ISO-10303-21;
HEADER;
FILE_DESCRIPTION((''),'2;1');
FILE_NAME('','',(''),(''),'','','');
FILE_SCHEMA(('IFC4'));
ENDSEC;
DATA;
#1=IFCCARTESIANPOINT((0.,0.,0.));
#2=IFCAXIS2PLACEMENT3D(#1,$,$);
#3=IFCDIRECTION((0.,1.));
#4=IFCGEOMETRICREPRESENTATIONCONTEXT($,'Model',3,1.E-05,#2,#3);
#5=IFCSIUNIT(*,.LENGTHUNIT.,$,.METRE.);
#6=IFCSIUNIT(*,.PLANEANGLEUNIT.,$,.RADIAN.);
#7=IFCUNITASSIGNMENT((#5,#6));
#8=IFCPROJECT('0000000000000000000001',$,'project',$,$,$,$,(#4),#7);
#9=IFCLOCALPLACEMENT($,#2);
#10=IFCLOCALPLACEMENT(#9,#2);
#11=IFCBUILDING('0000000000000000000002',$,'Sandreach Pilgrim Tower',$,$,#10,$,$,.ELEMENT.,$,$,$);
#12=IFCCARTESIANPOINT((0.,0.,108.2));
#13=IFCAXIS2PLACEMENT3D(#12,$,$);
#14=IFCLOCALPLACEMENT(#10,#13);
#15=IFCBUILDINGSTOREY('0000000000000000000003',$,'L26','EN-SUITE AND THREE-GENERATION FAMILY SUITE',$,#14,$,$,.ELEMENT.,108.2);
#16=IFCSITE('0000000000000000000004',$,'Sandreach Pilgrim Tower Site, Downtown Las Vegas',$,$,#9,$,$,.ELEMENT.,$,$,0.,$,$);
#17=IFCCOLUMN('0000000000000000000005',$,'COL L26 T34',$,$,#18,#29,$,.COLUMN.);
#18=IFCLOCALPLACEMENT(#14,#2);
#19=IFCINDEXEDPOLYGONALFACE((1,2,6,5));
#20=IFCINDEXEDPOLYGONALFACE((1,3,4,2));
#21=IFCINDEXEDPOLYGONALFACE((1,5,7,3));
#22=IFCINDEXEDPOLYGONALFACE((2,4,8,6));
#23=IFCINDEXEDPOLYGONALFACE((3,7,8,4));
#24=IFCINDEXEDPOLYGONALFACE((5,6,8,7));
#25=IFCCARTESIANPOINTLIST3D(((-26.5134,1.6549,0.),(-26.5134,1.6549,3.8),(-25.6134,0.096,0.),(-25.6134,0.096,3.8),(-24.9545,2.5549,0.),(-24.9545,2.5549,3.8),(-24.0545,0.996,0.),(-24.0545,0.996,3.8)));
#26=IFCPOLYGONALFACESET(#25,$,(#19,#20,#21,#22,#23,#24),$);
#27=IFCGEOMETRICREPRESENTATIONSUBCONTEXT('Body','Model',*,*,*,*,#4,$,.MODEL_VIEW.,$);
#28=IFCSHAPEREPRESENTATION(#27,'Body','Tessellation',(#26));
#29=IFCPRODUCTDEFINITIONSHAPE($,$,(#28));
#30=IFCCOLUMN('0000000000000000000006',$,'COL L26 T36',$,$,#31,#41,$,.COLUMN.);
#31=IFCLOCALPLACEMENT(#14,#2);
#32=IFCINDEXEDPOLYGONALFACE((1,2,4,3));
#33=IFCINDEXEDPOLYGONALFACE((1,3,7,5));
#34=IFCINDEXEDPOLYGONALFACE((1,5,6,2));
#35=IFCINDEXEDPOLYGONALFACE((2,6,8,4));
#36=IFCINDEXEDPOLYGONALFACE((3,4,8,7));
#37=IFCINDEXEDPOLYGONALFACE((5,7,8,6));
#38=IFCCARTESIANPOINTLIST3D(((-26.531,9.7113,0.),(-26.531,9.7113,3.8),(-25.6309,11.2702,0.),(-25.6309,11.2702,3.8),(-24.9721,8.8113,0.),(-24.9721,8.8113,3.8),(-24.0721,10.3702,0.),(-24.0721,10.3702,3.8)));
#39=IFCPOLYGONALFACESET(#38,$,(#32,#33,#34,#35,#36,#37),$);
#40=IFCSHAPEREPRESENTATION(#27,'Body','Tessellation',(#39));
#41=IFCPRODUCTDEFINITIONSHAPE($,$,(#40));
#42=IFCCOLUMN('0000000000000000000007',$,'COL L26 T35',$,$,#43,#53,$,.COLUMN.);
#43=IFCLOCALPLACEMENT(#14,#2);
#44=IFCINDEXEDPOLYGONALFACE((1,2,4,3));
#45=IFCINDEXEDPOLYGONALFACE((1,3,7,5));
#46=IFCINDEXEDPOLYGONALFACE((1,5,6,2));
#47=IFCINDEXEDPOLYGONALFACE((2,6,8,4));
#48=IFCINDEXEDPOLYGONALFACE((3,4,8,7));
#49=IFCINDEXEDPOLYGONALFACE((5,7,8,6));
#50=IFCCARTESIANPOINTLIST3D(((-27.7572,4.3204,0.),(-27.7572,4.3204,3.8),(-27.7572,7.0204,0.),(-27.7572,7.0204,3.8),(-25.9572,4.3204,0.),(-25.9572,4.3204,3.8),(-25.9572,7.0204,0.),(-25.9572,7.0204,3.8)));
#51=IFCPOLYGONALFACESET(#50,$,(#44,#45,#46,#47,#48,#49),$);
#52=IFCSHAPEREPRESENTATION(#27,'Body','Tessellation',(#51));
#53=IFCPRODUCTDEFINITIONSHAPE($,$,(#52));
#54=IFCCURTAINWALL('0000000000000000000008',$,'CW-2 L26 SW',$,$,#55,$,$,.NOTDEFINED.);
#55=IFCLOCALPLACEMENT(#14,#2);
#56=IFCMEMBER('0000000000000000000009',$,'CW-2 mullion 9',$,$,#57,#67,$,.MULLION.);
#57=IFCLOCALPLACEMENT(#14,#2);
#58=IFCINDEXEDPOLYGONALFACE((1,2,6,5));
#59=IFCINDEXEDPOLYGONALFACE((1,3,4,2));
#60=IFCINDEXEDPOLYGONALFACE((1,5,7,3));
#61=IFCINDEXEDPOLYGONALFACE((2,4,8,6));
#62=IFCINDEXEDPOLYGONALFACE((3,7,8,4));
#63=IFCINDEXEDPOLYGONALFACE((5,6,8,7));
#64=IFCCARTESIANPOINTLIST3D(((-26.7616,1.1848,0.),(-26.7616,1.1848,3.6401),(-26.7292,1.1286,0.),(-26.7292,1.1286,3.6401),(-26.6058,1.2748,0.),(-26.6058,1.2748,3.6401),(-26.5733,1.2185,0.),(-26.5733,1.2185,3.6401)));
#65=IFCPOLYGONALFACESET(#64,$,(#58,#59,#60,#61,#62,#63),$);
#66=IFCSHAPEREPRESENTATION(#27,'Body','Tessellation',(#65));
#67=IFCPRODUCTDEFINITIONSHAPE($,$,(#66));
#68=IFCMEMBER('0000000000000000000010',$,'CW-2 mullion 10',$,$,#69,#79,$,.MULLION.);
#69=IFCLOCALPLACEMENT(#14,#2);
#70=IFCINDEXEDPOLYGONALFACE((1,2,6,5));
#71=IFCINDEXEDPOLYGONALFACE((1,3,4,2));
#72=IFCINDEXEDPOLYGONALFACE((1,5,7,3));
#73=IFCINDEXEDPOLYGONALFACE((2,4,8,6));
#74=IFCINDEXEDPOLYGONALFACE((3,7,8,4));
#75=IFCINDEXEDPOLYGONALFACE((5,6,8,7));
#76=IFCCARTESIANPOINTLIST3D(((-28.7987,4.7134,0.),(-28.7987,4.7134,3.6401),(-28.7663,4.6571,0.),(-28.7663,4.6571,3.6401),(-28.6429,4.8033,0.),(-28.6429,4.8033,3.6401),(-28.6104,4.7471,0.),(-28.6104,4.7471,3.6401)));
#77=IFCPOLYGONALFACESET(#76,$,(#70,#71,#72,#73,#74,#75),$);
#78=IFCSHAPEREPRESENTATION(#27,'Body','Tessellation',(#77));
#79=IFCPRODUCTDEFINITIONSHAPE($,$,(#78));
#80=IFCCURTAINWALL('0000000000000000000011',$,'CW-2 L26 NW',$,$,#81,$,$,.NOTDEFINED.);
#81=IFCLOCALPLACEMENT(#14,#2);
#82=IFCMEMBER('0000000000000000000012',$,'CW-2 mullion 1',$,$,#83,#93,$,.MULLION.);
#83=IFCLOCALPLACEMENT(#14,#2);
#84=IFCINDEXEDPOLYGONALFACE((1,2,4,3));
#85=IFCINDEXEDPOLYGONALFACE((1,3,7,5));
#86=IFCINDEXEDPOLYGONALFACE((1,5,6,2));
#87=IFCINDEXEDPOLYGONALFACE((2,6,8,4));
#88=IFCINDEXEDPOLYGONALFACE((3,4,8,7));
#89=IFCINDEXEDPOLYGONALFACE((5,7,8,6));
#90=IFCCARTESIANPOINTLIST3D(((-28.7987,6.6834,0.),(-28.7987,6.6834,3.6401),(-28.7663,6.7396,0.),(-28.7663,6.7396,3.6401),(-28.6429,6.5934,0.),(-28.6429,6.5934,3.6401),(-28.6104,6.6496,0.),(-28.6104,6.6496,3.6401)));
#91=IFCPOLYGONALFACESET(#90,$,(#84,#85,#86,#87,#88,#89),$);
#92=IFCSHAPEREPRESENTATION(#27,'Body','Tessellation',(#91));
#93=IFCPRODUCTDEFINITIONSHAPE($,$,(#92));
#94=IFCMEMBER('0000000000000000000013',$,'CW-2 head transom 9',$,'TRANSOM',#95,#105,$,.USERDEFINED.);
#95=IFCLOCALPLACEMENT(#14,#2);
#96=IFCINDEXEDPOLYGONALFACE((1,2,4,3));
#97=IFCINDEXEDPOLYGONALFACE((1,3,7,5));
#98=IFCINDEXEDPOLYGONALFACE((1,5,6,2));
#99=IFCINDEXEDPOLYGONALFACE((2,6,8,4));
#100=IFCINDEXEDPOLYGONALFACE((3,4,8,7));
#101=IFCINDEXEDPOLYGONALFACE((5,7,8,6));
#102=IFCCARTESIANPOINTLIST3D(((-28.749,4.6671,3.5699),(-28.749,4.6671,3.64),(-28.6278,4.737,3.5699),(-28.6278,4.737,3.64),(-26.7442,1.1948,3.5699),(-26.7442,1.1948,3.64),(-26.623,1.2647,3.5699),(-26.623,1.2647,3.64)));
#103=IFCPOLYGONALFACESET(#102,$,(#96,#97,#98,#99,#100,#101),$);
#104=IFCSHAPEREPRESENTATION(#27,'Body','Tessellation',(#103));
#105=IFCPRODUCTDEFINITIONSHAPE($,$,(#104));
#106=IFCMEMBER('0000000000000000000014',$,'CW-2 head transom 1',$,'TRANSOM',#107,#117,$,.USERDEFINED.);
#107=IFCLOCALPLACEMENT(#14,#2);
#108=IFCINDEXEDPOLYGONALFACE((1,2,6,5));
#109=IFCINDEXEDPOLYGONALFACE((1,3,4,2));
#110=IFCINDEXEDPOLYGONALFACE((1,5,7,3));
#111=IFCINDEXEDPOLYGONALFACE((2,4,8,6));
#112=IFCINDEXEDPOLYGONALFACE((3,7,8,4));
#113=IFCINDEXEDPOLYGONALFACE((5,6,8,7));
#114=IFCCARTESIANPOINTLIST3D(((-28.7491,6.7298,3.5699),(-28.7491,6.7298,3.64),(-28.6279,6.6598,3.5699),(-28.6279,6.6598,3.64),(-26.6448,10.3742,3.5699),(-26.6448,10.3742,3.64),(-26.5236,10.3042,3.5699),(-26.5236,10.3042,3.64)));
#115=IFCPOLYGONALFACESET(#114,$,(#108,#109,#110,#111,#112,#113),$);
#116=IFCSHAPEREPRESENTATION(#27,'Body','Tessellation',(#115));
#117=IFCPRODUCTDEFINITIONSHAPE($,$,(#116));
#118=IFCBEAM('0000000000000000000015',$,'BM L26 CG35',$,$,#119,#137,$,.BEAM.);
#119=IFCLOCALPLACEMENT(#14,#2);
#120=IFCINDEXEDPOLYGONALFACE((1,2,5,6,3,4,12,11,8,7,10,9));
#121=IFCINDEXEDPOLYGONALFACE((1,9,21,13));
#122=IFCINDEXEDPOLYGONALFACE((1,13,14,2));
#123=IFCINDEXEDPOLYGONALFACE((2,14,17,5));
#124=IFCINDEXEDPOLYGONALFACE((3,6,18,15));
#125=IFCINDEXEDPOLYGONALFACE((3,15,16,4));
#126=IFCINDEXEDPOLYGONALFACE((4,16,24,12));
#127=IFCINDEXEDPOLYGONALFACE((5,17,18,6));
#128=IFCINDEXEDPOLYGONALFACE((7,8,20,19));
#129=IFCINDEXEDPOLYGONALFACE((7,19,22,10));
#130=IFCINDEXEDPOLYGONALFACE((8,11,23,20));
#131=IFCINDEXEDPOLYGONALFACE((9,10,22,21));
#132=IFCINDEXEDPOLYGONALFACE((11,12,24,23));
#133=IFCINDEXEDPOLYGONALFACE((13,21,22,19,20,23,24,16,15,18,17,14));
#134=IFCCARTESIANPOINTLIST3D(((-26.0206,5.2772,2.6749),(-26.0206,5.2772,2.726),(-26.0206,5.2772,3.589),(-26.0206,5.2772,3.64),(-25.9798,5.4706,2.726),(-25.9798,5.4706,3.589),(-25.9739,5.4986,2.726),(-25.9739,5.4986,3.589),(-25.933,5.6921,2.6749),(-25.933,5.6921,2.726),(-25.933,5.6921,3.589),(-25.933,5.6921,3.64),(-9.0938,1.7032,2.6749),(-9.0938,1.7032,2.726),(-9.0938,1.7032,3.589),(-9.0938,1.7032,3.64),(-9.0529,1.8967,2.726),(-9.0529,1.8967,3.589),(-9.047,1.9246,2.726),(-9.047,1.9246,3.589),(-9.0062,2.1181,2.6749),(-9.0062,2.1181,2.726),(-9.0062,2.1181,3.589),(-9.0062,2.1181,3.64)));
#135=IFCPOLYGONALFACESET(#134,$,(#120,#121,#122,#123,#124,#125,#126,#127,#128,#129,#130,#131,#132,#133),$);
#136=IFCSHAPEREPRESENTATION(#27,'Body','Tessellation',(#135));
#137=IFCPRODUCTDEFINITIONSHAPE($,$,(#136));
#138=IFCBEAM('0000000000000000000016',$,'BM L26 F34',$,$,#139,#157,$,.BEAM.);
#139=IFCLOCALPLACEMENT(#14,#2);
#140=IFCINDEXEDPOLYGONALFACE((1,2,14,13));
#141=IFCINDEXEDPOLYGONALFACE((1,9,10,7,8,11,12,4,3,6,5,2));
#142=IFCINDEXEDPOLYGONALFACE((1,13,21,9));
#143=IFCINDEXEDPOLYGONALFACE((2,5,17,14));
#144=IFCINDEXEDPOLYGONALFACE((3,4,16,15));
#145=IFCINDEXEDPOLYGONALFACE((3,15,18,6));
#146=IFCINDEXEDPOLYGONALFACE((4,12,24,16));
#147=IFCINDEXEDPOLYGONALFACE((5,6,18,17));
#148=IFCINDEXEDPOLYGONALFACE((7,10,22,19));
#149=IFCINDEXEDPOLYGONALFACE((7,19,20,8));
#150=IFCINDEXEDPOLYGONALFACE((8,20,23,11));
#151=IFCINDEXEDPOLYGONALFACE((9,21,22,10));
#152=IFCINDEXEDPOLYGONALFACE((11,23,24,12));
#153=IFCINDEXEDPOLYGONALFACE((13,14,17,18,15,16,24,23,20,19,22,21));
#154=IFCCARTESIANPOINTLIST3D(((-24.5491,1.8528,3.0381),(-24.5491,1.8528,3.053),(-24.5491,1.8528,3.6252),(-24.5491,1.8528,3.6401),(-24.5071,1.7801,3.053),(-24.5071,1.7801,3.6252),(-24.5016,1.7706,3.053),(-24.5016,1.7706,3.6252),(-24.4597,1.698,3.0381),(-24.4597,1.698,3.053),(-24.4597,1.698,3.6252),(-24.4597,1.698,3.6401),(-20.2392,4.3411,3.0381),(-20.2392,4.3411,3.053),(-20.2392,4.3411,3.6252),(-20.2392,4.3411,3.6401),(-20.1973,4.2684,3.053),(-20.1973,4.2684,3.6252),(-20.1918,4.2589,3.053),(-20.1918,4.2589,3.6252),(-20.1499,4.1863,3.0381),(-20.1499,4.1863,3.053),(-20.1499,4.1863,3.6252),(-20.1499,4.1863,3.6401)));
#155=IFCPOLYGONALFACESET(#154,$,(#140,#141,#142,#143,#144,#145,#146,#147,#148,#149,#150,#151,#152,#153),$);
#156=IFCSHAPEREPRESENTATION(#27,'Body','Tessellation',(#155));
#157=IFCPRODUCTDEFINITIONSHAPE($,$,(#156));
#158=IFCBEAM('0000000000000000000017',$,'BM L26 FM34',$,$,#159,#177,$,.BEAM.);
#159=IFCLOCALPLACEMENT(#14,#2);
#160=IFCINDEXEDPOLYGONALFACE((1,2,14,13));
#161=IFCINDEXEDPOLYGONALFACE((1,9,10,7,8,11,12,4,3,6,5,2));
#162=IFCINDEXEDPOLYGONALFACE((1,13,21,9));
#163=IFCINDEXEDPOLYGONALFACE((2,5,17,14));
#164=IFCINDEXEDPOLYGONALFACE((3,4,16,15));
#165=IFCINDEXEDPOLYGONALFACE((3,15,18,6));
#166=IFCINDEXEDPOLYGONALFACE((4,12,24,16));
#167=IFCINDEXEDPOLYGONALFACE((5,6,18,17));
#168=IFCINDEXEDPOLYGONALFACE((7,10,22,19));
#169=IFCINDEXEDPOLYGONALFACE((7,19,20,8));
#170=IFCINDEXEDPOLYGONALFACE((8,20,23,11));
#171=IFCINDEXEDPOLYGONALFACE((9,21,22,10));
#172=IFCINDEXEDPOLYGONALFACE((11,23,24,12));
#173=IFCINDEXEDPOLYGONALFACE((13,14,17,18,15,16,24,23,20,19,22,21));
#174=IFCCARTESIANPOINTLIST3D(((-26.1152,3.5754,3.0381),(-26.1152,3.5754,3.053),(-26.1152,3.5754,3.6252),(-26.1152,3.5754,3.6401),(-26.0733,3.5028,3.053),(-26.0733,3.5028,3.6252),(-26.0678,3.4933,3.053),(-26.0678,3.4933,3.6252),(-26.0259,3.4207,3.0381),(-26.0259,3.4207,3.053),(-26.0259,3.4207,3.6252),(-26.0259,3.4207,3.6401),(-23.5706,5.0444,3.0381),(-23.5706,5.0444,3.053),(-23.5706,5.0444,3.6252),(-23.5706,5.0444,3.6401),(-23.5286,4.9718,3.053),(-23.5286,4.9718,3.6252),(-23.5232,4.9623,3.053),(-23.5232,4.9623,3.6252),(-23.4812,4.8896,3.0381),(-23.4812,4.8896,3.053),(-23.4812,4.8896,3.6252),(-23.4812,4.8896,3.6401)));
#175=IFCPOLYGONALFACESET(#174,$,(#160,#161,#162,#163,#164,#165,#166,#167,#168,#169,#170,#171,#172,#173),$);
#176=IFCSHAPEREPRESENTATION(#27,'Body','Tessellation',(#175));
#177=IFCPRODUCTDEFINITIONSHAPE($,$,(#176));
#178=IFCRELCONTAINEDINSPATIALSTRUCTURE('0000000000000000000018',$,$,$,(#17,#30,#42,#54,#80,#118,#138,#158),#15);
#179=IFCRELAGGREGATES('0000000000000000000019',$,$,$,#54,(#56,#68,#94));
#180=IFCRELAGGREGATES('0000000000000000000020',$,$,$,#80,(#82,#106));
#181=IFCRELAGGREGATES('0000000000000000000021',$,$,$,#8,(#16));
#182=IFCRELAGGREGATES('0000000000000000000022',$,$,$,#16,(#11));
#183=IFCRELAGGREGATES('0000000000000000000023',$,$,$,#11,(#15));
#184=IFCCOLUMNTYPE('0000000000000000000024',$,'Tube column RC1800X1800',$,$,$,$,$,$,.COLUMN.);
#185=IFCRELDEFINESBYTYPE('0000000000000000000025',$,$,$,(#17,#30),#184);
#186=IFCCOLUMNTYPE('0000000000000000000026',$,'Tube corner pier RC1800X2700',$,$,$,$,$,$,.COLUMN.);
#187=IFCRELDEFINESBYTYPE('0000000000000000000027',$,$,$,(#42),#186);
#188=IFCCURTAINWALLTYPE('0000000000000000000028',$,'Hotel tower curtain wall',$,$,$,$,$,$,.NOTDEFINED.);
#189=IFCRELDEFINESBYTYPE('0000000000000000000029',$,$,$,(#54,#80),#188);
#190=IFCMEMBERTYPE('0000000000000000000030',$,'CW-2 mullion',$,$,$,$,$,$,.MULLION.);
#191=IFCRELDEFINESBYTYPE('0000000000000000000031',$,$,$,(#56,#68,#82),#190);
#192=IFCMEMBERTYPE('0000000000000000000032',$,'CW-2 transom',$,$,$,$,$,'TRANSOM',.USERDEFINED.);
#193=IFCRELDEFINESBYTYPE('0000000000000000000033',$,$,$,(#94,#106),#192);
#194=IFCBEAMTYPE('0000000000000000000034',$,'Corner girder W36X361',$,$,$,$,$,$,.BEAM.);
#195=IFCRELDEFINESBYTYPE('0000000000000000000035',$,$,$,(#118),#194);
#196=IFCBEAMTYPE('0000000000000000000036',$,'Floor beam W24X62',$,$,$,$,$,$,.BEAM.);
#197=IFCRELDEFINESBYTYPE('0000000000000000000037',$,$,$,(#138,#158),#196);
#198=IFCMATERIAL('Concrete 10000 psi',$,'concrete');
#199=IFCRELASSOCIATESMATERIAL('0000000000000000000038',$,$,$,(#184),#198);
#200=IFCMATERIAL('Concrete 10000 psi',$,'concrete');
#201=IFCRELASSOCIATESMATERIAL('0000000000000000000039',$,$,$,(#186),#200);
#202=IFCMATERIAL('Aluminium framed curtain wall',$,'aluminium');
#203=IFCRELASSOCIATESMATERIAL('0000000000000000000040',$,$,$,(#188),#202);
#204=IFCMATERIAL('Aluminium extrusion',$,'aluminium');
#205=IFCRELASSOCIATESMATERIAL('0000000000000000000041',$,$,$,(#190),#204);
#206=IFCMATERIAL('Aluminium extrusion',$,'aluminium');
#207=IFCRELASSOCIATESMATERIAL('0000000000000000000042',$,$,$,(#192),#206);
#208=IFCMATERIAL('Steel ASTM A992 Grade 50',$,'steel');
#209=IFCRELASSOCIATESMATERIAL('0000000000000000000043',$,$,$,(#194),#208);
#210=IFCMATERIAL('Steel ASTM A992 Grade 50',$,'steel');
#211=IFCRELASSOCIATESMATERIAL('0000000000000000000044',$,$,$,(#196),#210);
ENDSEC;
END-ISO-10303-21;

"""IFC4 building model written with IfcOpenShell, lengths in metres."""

from ifc_helpers import new_model, si_unit, direction, frame, origin, origin_2d, place, context, subcontext, project, spatial, rectangle, i_section, extrude, material, material_profile, profile_set, type_object, element, aggregate, save


model = new_model("IFC4")

# Units and contexts
model_context = context("Model", 3, precision=1e-05, world=origin(), true_north=direction((0.0, 1.0)))
body_context = subcontext(model_context, "Body", "Model", "MODEL_VIEW")
ifc_project = project(units=[si_unit("LENGTHUNIT", "METRE"), si_unit("PLANEANGLEUNIT", "RADIAN")], contexts=[model_context])

# Site, building, storey
site_placement = place(None, origin())
site = spatial("IfcSite", under=ifc_project, at=site_placement, Name="Sandreach Pilgrim Tower Site, Downtown Las Vegas", CompositionType="ELEMENT", RefElevation=0.0)
building_placement = place(site_placement, origin())
building = spatial("IfcBuilding", under=site, at=building_placement, Name="Sandreach Pilgrim Tower", CompositionType="ELEMENT")
storey_placement = place(building_placement, frame((0.0, 0.0, 108.2)))
storey = spatial("IfcBuildingStorey", under=building, at=storey_placement, Name="L26", Description="EN-SUITE AND THREE-GENERATION FAMILY SUITE", CompositionType="ELEMENT", Elevation=108.2)

# Columns
ifc_material_1 = material(Name="Concrete 10000 psi", Category="concrete")
ifc_material_profile_1 = material_profile(ifc_material_1, rectangle(XDim=1.8, YDim=1.8, at=origin_2d()), Name="RC1800X1800")
ifc_profile_set_1 = profile_set([ifc_material_profile_1], Name="Concrete 10000 psi")
column_type_1 = type_object("IfcColumnType", Name="Tube column RC1800X1800", PredefinedType="COLUMN", material=ifc_profile_set_1)
for number, where, z_axis, x_axis, name in (
    (1, (-25.2839, 1.3254, 0.0), (0.0, 0.0, 1.0), (-0.866025, -0.5, 0.0), "COL L26 T34"),
    (2, (-25.3015, 10.0408, 0.0), (0.0, 0.0, 1.0), (-0.866025, 0.5, 0.0), "COL L26 T36"),
):
    element("IfcColumn", number, at=place(storey_placement, frame(where, z_axis=z_axis, x_axis=x_axis)), inside=storey, type_object=column_type_1, Name=name, PredefinedType="COLUMN", context=body_context, shape_type="SweptSolid", body=[
        extrude(rectangle(XDim=1.8, YDim=1.8, at=origin_2d()), origin(), (0.0, 0.0, 1.0), 3.8),
    ])
ifc_material_2 = material(Name="Concrete 10000 psi", Category="concrete")
ifc_material_profile_2 = material_profile(ifc_material_2, rectangle(XDim=1.8, YDim=2.7, at=origin_2d()), Name="RC1800X2700")
ifc_profile_set_2 = profile_set([ifc_material_profile_2], Name="Concrete 10000 psi")
column_type_2 = type_object("IfcColumnType", Name="Tube corner pier RC1800X2700", PredefinedType="COLUMN", material=ifc_profile_set_2)
column_placement = place(storey_placement, frame((-26.8572, 5.6704, 0.0), z_axis=(0.0, 0.0, 1.0), x_axis=(-1.0, 0.0, 0.0)))
element("IfcColumn", 3, at=column_placement, inside=storey, type_object=column_type_2, Name="COL L26 T35", PredefinedType="COLUMN", context=body_context, shape_type="SweptSolid", body=[
    extrude(rectangle(XDim=1.8, YDim=2.7, at=origin_2d()), origin(), (0.0, 0.0, 1.0), 3.8),
])

# Curtain wall, members
ifc_material_3 = material(Name="Aluminium framed curtain wall", Category="aluminium")
curtain_wall_type = type_object("IfcCurtainWallType", Name="Hotel tower curtain wall", PredefinedType="NOTDEFINED", material=ifc_material_3)
curtain_wall_1_placement = place(storey_placement, origin())
curtain_wall_1 = element("IfcCurtainWall", 4, at=curtain_wall_1_placement, inside=storey, type_object=curtain_wall_type, Name="CW-2 L26 SW", PredefinedType="NOTDEFINED")
ifc_material_4 = material(Name="Aluminium extrusion", Category="aluminium")
ifc_material_profile_3 = material_profile(ifc_material_4, rectangle(XDim=0.0649, YDim=0.1799, at=origin_2d()), Name="CW-2M 65X180")
ifc_profile_set_3 = profile_set([ifc_material_profile_3], Name="Aluminium extrusion")
member_type_1 = type_object("IfcMemberType", Name="CW-2 mullion", PredefinedType="MULLION", material=ifc_profile_set_3)
member_1_placement = place(storey_placement, frame((-26.6675, 1.2017, 0.0), z_axis=(0.0, 0.0, 1.0), x_axis=(-0.5, 0.866025, 0.0)))
member_1 = element("IfcMember", 5, at=member_1_placement, type_object=member_type_1, Name="CW-2 mullion 9", PredefinedType="MULLION", context=body_context, shape_type="SweptSolid", body=[
    extrude(rectangle(XDim=0.0649, YDim=0.1799, at=origin_2d()), origin(), (0.0, 0.0, 1.0), 3.6401),
])
member_2_placement = place(storey_placement, frame((-28.7046, 4.7302, 0.0), z_axis=(0.0, 0.0, 1.0), x_axis=(-0.5, 0.866025, 0.0)))
member_2 = element("IfcMember", 6, at=member_2_placement, type_object=member_type_1, Name="CW-2 mullion 10", PredefinedType="MULLION", context=body_context, shape_type="SweptSolid", body=[
    extrude(rectangle(XDim=0.0649, YDim=0.1799, at=origin_2d()), origin(), (0.0, 0.0, 1.0), 3.6401),
])

# Curtain wall, member
curtain_wall_2_placement = place(storey_placement, origin())
curtain_wall_2 = element("IfcCurtainWall", 7, at=curtain_wall_2_placement, inside=storey, type_object=curtain_wall_type, Name="CW-2 L26 NW", PredefinedType="NOTDEFINED")
member_3_placement = place(storey_placement, frame((-28.7046, 6.6665, 0.0), z_axis=(0.0, 0.0, 1.0), x_axis=(0.5, 0.866025, 0.0)))
member_3 = element("IfcMember", 8, at=member_3_placement, type_object=member_type_1, Name="CW-2 mullion 1", PredefinedType="MULLION", context=body_context, shape_type="SweptSolid", body=[
    extrude(rectangle(XDim=0.0649, YDim=0.1799, at=origin_2d()), origin(), (0.0, 0.0, 1.0), 3.6401),
])

# Members
ifc_material_5 = material(Name="Aluminium extrusion", Category="aluminium")
ifc_material_profile_4 = material_profile(ifc_material_5, rectangle(XDim=0.1399, YDim=0.0701, at=origin_2d()), Name="CW-2T 140X70")
ifc_profile_set_4 = profile_set([ifc_material_profile_4], Name="Aluminium extrusion")
member_type_2 = type_object("IfcMemberType", Name="CW-2 transom", ElementType="TRANSOM", PredefinedType="USERDEFINED", material=ifc_profile_set_4)
member_4_placement = place(storey_placement, frame((-26.6836, 1.2297, 3.605), z_axis=(-0.500016, 0.866016, 0.0), x_axis=(-0.866016, -0.500016, 0.0)))
member_4 = element("IfcMember", 9, at=member_4_placement, type_object=member_type_2, Name="CW-2 head transom 9", ObjectType="TRANSOM", PredefinedType="USERDEFINED", context=body_context, shape_type="SweptSolid", body=[
    extrude(rectangle(XDim=0.1399, YDim=0.0701, at=origin_2d()), origin(), (0.0, 0.0, 1.0), 4.0095),
])
member_5_placement = place(storey_placement, frame((-28.6885, 6.6948, 3.605), z_axis=(0.500039, 0.866003, 0.0), x_axis=(-0.866003, 0.500039, 0.0)))
member_5 = element("IfcMember", 10, at=member_5_placement, type_object=member_type_2, Name="CW-2 head transom 1", ObjectType="TRANSOM", PredefinedType="USERDEFINED", context=body_context, shape_type="SweptSolid", body=[
    extrude(rectangle(XDim=0.1399, YDim=0.0701, at=origin_2d()), origin(), (0.0, 0.0, 1.0), 4.2083),
])

# Beams
ifc_material_6 = material(Name="Steel ASTM A992 Grade 50", Category="steel")
ifc_material_profile_5 = material_profile(ifc_material_6, i_section(OverallWidth=0.4241, OverallDepth=0.9651, WebThickness=0.0286, FlangeThickness=0.051, at=origin_2d()), Name="W36X361")
ifc_profile_set_5 = profile_set([ifc_material_profile_5], Name="Steel ASTM A992 Grade 50")
beam_type_1 = type_object("IfcBeamType", Name="Corner girder W36X361", PredefinedType="BEAM", material=ifc_profile_set_5)
beam_1_placement = place(storey_placement, frame((-25.9768, 5.4846, 3.1575), z_axis=(0.978428, -0.206589, 0.0), x_axis=(0.206589, 0.978428, 0.0)))
element("IfcBeam", 11, at=beam_1_placement, inside=storey, type_object=beam_type_1, Name="BM L26 CG35", PredefinedType="BEAM", context=body_context, shape_type="SweptSolid", body=[
    extrude(i_section(OverallWidth=0.4241, OverallDepth=0.9651, WebThickness=0.0286, FlangeThickness=0.051, at=origin_2d()), origin(), (0.0, 0.0, 1.0), 17.3),
])
ifc_material_7 = material(Name="Steel ASTM A992 Grade 50", Category="steel")
ifc_material_profile_6 = material_profile(ifc_material_7, i_section(OverallWidth=0.1787, OverallDepth=0.6021, WebThickness=0.011, FlangeThickness=0.0149, at=origin_2d()), Name="W24X62")
ifc_profile_set_6 = profile_set([ifc_material_profile_6], Name="Steel ASTM A992 Grade 50")
beam_type_2 = type_object("IfcBeamType", Name="Floor beam W24X62", PredefinedType="BEAM", material=ifc_profile_set_6)
beam_2_placement = place(storey_placement, frame((-24.5044, 1.7754, 3.3391), z_axis=(0.866025, 0.500001, 0.0), x_axis=(-0.500001, 0.866025, 0.0)))
element("IfcBeam", 12, at=beam_2_placement, inside=storey, type_object=beam_type_2, Name="BM L26 F34", PredefinedType="BEAM", context=body_context, shape_type="SweptSolid", body=[
    extrude(i_section(OverallWidth=0.1787, OverallDepth=0.6021, WebThickness=0.011, FlangeThickness=0.0149, at=origin_2d()), origin(), (0.0, 0.0, 1.0), 4.9766),
])
beam_3_placement = place(storey_placement, frame((-26.0706, 3.498, 3.3391), z_axis=(0.866051, 0.499955, 0.0), x_axis=(-0.499955, 0.866051, 0.0)))
element("IfcBeam", 13, at=beam_3_placement, inside=storey, type_object=beam_type_2, Name="BM L26 FM34", PredefinedType="BEAM", context=body_context, shape_type="SweptSolid", body=[
    extrude(i_section(OverallWidth=0.1787, OverallDepth=0.6021, WebThickness=0.011, FlangeThickness=0.0149, at=origin_2d()), origin(), (0.0, 0.0, 1.0), 2.9382),
])

aggregate(curtain_wall_1, [member_1, member_2, member_4])
aggregate(curtain_wall_2, [member_3, member_5])

save(model, "model.ifc")
